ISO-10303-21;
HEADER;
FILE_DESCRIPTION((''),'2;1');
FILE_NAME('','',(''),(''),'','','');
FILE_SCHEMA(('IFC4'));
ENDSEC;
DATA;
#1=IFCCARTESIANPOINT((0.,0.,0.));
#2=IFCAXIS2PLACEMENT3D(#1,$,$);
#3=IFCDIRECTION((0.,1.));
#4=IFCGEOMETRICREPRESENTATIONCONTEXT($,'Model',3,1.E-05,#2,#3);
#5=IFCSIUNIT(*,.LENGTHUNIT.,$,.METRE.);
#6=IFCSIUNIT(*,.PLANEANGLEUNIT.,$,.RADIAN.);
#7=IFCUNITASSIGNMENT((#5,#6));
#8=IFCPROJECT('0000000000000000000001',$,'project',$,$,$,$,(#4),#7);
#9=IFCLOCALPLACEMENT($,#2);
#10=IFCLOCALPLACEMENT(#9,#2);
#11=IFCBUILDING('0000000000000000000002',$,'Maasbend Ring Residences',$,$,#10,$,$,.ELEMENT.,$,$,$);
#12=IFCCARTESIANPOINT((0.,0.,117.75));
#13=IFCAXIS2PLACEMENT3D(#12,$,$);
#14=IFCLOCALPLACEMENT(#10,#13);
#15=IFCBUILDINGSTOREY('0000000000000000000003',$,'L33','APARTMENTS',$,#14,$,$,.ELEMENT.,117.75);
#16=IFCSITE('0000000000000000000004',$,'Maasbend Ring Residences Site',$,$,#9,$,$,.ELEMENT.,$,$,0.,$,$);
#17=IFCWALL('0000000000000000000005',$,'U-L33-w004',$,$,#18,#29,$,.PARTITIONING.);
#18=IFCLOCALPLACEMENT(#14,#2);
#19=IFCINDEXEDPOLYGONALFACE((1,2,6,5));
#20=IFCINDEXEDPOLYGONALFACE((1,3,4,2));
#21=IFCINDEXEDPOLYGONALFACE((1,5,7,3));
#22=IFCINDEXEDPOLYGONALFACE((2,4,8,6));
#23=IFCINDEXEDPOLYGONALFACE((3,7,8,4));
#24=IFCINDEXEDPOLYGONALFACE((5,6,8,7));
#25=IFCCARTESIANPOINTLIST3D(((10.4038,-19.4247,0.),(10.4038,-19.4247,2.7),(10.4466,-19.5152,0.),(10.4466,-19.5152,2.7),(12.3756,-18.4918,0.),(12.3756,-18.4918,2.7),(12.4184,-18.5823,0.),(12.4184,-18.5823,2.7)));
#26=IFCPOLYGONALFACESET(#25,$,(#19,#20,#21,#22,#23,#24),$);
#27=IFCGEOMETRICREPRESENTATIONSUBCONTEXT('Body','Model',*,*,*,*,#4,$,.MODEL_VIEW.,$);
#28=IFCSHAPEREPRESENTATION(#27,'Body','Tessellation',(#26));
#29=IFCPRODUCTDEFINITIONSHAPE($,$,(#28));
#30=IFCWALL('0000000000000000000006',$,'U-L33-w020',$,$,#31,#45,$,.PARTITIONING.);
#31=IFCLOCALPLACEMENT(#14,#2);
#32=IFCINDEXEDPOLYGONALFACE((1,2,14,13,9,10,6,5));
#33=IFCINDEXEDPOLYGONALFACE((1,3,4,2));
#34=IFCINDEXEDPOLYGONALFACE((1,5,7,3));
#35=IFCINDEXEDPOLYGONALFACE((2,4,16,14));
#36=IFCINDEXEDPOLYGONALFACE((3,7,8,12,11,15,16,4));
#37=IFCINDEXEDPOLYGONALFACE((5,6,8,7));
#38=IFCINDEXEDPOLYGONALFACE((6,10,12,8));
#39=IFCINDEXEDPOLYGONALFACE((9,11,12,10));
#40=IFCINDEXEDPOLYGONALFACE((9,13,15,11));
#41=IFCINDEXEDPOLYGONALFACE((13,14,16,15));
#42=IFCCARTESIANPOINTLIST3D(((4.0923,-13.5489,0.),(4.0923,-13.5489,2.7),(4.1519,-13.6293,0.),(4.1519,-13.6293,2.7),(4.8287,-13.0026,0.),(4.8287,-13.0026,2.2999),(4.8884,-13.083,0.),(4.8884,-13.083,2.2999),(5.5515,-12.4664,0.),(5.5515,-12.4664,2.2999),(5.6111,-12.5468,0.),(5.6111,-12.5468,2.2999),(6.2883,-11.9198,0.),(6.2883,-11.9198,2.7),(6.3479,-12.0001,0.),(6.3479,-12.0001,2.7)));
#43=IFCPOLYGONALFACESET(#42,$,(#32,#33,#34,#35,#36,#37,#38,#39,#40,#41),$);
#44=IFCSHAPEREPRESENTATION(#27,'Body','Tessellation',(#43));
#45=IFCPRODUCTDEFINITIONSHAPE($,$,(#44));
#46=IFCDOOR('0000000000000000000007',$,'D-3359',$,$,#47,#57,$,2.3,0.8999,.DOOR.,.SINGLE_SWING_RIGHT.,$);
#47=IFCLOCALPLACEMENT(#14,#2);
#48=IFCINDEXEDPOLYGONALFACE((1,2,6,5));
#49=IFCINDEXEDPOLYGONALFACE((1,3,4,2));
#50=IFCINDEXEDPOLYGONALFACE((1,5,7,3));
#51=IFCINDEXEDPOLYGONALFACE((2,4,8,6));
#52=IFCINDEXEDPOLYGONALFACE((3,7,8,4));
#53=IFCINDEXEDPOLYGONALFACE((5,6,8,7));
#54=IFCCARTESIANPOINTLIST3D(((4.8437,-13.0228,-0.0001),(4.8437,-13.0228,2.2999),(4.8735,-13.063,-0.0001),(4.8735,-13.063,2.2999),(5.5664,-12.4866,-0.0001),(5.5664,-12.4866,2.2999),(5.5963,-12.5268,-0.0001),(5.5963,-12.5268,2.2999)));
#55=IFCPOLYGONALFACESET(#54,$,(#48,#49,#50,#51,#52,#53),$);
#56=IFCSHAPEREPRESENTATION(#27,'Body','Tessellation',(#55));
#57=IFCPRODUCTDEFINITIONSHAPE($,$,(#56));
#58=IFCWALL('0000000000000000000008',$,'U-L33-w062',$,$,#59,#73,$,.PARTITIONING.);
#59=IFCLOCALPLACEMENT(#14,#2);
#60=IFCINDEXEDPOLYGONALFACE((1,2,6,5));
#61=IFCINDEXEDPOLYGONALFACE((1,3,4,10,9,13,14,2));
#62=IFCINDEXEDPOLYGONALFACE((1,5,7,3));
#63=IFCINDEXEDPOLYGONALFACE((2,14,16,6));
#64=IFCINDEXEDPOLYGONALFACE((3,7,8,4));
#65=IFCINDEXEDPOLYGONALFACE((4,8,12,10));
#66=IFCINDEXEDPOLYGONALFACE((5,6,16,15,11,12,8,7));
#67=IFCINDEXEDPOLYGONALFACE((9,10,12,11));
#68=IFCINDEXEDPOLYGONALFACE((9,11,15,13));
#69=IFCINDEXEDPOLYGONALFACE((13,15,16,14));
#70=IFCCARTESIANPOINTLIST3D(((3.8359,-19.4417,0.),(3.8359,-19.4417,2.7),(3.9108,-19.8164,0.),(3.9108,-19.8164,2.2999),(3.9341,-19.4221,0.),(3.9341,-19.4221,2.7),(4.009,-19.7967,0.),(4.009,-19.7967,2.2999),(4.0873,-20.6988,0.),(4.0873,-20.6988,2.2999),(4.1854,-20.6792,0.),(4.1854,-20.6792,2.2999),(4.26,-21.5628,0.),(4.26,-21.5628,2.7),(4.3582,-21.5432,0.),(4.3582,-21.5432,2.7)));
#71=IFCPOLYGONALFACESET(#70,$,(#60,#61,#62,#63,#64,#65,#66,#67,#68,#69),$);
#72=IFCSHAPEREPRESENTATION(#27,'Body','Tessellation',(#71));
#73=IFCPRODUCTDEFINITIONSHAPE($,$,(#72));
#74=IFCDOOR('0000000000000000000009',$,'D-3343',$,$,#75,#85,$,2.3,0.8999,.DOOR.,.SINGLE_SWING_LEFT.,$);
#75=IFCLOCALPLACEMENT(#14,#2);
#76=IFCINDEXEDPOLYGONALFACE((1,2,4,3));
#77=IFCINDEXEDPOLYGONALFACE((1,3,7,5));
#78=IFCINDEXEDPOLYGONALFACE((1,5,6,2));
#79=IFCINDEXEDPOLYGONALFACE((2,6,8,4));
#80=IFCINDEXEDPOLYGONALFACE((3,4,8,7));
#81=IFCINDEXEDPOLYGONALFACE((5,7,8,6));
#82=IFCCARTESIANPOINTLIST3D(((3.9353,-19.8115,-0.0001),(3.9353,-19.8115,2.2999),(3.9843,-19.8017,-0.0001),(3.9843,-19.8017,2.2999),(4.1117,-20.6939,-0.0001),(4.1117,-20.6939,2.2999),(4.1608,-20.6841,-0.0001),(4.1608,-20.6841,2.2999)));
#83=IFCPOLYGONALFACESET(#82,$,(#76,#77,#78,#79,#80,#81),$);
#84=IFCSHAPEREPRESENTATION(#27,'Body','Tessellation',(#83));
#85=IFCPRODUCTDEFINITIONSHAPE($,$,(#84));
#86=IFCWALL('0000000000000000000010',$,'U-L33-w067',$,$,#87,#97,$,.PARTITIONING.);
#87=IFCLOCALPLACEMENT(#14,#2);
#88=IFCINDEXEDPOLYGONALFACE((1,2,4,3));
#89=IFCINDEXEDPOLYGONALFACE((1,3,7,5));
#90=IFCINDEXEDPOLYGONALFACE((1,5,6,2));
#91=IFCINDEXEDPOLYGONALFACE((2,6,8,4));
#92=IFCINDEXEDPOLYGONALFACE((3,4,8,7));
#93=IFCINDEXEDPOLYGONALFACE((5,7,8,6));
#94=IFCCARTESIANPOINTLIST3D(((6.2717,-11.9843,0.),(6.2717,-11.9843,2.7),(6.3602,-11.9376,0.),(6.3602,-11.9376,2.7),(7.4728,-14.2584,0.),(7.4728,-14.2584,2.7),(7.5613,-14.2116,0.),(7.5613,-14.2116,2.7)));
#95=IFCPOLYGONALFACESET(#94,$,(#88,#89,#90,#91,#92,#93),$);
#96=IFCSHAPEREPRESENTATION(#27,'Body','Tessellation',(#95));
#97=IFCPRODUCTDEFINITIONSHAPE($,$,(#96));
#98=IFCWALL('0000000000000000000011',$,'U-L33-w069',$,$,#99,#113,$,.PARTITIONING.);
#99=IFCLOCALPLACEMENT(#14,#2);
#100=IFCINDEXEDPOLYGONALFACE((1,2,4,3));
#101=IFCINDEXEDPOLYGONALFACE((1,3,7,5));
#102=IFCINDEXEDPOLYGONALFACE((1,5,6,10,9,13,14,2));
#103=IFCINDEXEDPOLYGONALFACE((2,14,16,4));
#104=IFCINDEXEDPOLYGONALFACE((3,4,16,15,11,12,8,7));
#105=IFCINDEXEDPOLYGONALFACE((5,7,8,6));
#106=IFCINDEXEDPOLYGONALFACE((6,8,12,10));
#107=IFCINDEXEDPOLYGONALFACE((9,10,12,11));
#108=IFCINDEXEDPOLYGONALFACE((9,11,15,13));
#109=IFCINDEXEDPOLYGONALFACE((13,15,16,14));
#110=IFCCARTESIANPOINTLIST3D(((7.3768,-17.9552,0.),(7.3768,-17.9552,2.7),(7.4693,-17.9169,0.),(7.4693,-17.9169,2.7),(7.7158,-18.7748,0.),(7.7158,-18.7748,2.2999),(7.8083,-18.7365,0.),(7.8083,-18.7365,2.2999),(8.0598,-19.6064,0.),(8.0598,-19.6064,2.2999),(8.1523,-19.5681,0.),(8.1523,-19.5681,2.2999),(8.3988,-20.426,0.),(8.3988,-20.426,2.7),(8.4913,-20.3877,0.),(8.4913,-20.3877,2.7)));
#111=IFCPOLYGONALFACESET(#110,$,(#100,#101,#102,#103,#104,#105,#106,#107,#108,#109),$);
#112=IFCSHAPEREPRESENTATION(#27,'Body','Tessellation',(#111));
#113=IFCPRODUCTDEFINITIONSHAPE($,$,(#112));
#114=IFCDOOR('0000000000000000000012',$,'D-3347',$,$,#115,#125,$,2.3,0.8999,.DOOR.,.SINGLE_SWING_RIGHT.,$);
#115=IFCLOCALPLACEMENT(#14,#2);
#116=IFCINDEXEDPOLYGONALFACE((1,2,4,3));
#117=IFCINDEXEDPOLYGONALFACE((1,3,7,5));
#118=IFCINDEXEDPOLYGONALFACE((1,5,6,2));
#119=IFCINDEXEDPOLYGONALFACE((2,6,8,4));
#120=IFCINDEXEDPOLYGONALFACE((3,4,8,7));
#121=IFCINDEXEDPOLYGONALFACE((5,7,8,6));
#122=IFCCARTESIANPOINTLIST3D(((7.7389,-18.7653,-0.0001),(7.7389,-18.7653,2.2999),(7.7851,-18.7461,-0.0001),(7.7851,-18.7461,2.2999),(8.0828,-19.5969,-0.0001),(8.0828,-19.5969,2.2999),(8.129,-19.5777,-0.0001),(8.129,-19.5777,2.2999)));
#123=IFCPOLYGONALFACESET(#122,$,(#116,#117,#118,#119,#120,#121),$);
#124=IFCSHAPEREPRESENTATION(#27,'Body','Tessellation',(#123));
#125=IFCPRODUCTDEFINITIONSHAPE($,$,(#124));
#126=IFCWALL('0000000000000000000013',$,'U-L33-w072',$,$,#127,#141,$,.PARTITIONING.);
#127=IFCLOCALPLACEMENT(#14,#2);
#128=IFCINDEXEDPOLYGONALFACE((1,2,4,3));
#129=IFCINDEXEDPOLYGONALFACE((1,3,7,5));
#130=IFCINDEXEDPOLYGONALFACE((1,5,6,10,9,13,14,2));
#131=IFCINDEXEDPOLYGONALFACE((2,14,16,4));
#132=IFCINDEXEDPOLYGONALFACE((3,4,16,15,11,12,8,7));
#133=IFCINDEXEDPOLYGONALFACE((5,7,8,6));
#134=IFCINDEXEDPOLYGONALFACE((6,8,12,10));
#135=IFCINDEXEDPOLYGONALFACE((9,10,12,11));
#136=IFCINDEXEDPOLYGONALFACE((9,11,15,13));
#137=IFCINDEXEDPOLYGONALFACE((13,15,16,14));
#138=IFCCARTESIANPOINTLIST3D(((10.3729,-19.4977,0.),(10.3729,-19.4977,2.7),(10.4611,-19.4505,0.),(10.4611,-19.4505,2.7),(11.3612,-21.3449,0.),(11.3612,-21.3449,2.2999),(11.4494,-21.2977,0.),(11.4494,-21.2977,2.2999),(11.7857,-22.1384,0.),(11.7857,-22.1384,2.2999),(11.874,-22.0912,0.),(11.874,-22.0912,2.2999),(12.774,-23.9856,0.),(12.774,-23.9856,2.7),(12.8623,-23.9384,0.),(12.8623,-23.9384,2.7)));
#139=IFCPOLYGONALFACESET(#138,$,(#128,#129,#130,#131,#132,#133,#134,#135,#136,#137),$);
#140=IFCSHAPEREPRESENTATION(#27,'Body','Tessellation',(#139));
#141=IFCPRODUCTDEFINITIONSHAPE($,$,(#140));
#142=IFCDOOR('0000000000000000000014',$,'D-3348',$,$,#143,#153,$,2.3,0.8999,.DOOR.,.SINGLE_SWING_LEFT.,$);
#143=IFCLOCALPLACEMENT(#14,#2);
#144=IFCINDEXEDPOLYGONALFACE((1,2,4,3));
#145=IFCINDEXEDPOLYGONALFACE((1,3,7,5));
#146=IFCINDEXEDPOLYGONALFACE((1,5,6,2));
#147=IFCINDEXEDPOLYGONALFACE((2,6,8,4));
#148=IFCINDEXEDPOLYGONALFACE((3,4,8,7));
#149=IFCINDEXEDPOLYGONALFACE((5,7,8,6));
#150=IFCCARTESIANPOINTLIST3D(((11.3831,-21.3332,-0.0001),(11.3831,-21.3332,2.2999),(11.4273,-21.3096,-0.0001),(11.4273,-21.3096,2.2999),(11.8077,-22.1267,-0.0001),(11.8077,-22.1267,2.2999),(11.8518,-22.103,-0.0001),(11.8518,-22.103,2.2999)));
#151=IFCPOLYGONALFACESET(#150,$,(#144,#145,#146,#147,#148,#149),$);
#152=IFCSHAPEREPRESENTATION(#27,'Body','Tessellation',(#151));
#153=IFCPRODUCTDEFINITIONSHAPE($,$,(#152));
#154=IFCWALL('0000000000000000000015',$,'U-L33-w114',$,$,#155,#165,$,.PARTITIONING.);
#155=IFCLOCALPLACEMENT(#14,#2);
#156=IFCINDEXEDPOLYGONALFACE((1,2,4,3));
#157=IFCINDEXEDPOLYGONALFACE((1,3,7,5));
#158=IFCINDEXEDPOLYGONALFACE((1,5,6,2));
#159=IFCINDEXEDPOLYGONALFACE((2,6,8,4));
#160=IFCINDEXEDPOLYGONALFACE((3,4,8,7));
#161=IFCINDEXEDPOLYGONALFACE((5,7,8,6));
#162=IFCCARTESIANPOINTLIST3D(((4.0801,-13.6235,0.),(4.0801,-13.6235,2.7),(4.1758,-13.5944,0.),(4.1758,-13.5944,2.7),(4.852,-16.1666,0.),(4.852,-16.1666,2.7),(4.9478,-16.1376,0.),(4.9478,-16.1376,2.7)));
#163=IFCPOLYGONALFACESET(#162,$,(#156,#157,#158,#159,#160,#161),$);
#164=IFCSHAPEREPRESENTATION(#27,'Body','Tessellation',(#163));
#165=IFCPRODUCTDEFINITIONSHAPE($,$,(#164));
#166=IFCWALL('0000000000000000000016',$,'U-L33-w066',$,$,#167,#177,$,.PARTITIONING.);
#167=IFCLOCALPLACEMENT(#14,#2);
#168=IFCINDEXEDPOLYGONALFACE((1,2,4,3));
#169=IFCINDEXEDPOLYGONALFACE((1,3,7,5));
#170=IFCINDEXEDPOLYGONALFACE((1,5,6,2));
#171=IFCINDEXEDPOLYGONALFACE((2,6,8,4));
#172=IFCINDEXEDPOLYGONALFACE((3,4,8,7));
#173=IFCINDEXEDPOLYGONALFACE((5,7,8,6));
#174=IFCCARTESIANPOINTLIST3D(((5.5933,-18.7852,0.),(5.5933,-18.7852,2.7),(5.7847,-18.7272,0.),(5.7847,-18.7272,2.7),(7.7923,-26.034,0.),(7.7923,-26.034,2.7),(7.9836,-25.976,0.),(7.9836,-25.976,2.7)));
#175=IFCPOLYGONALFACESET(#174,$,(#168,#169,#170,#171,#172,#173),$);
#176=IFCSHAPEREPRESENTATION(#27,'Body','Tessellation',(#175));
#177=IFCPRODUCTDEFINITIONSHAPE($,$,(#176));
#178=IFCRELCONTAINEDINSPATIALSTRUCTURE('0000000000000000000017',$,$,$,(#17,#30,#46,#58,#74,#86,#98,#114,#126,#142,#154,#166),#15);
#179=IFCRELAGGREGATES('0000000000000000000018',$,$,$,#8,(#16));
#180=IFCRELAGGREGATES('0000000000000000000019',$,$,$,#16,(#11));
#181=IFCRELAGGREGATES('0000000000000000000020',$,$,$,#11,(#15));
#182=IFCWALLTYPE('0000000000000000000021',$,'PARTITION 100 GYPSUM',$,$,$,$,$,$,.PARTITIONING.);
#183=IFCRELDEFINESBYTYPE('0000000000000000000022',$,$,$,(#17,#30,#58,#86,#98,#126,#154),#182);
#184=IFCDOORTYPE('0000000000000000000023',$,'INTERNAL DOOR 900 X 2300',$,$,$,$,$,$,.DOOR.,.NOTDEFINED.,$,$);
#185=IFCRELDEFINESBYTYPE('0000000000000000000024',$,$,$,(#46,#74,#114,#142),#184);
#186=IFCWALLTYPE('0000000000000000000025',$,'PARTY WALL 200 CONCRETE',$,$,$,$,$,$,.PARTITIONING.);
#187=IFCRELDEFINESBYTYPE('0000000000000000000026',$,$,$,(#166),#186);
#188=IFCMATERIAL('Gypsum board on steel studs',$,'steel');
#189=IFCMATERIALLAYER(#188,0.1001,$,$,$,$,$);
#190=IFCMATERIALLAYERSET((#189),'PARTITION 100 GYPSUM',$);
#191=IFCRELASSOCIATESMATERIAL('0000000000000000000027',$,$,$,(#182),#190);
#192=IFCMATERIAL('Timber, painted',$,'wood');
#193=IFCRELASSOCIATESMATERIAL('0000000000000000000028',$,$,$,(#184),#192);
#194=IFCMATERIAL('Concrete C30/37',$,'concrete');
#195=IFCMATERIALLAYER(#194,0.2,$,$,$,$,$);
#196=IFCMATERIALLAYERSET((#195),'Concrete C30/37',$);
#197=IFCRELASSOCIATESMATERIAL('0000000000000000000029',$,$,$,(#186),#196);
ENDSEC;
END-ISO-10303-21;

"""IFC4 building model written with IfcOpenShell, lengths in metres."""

from ifc_helpers import new_model, si_unit, direction, frame, frame_2d, origin, place, context, subcontext, project, spatial, rectangle, extrude, material, layer, layer_set, type_object, element, fill, save


model = new_model("IFC4")

# Units and contexts
model_context = context("Model", 3, precision=1e-05, world=origin(), true_north=direction((0.0, 1.0)))
body_context = subcontext(model_context, "Body", "Model", "MODEL_VIEW")
ifc_project = project(units=[si_unit("LENGTHUNIT", "METRE"), si_unit("PLANEANGLEUNIT", "RADIAN")], contexts=[model_context])

# Site, building, storey
site_placement = place(None, origin())
site = spatial("IfcSite", under=ifc_project, at=site_placement, Name="Maasbend Ring Residences Site", CompositionType="ELEMENT", RefElevation=0.0)
building_placement = place(site_placement, origin())
building = spatial("IfcBuilding", under=site, at=building_placement, Name="Maasbend Ring Residences", CompositionType="ELEMENT")
storey_placement = place(building_placement, frame((0.0, 0.0, 117.75)))
storey = spatial("IfcBuildingStorey", under=building, at=storey_placement, Name="L33", Description="APARTMENTS", CompositionType="ELEMENT", Elevation=117.75)

# Wall
ifc_material_1 = material(Name="Gypsum board on steel studs", Category="steel")
ifc_layer_1 = layer(ifc_material_1, 0.1001)
ifc_layer_set_1 = layer_set([ifc_layer_1], Name="PARTITION 100 GYPSUM")
wall_type_1 = type_object("IfcWallType", Name="PARTITION 100 GYPSUM", PredefinedType="PARTITIONING", material=ifc_layer_set_1)
wall_1_placement = place(storey_placement, frame((10.425, -19.47, 0.0), z_axis=(0.0, 0.0, 1.0), x_axis=(0.903952, 0.427634, 0.0)))
element("IfcWall", 1, at=wall_1_placement, inside=storey, type_object=wall_type_1, Name="U-L33-w004", PredefinedType="PARTITIONING", context=body_context, shape_type="SweptSolid", body=[
    extrude(rectangle(XDim=2.1814, YDim=0.1001, at=frame_2d((1.0908, 0.0))), origin(), (0.0, 0.0, 1.0), 2.7),
])

# Walls, openings, doors
wall_2_placement = place(storey_placement, frame((4.1221, -13.5891, 0.0), z_axis=(0.0, 0.0, 1.0), x_axis=(0.803128, 0.595806, 0.0)))
wall_2 = element("IfcWall", 2, at=wall_2_placement, inside=storey, type_object=wall_type_1, Name="U-L33-w020", PredefinedType="PARTITIONING", context=body_context, shape_type="SweptSolid", body=[
    extrude(rectangle(XDim=2.7344, YDim=0.1001, at=frame_2d((1.3672, 0.0))), origin(), (0.0, 0.0, 1.0), 2.7),
])
opening_1_placement = place(wall_2_placement, frame((0.917, 0.0, 0.0)))
opening_1 = element("IfcOpeningElement", 3, at=opening_1_placement, cuts=wall_2, PredefinedType="OPENING", context=body_context, shape_type="SweptSolid", body=[
    extrude(rectangle(XDim=0.8999, YDim=2.3, at=frame_2d((0.45, 1.1499))), frame((0.0, 0.0601, 0.0), z_axis=(0.0, -1.0, 0.0), x_axis=(1.0, 0.0, 0.0)), (0.0, 0.0, 1.0), 0.1201),
])
ifc_material_2 = material(Name="Timber, painted", Category="wood")
door_type_1 = type_object("IfcDoorType", Name="INTERNAL DOOR 900 X 2300", OperationType="NOTDEFINED", PredefinedType="DOOR", material=ifc_material_2)
door_1_placement = place(opening_1_placement, origin())
door_1 = element("IfcDoor", 4, at=door_1_placement, inside=storey, type_object=door_type_1, Name="D-3359", OperationType="SINGLE_SWING_RIGHT", OverallHeight=2.3, OverallWidth=0.8999, PredefinedType="DOOR", context=body_context, shape_type="SweptSolid", body=[
    extrude(rectangle(XDim=0.8999, YDim=2.3, at=frame_2d((0.45, 1.1499))), frame((0.0, 0.0249, 0.0), z_axis=(0.0, -1.0, 0.0), x_axis=(1.0, 0.0, 0.0)), (0.0, 0.0, 1.0), 0.05),
])
fill(opening_1, door_1)
wall_3_placement = place(storey_placement, frame((3.885, -19.4319, 0.0), z_axis=(0.0, 0.0, 1.0), x_axis=(0.196051, -0.980594, 0.0)))
wall_3 = element("IfcWall", 5, at=wall_3_placement, inside=storey, type_object=wall_type_1, Name="U-L33-w062", PredefinedType="PARTITIONING", context=body_context, shape_type="SweptSolid", body=[
    extrude(rectangle(XDim=2.1631, YDim=0.1001, at=frame_2d((1.0815, 0.0))), origin(), (0.0, 0.0, 1.0), 2.7),
])
opening_2_placement = place(wall_3_placement, frame((0.3821, 0.0, 0.0)))
opening_2 = element("IfcOpeningElement", 6, at=opening_2_placement, cuts=wall_3, PredefinedType="OPENING", context=body_context, shape_type="SweptSolid", body=[
    extrude(rectangle(XDim=0.8999, YDim=2.3, at=frame_2d((0.45, 1.1499))), frame((0.0, 0.0601, 0.0), z_axis=(0.0, -1.0, 0.0), x_axis=(1.0, 0.0, 0.0)), (0.0, 0.0, 1.0), 0.1201),
])
door_2_placement = place(opening_2_placement, origin())
door_2 = element("IfcDoor", 7, at=door_2_placement, inside=storey, type_object=door_type_1, Name="D-3343", OperationType="SINGLE_SWING_LEFT", OverallHeight=2.3, OverallWidth=0.8999, PredefinedType="DOOR", context=body_context, shape_type="SweptSolid", body=[
    extrude(rectangle(XDim=0.8999, YDim=2.3, at=frame_2d((0.45, 1.1499))), frame((0.0, 0.0249, 0.0), z_axis=(0.0, -1.0, 0.0), x_axis=(1.0, 0.0, 0.0)), (0.0, 0.0, 1.0), 0.05),
])
fill(opening_2, door_2)

# Wall
wall_4_placement = place(storey_placement, frame((6.3159, -11.9609, 0.0), z_axis=(0.0, 0.0, 1.0), x_axis=(0.467037, -0.884238, 0.0)))
element("IfcWall", 8, at=wall_4_placement, inside=storey, type_object=wall_type_1, Name="U-L33-w067", PredefinedType="PARTITIONING", context=body_context, shape_type="SweptSolid", body=[
    extrude(rectangle(XDim=2.5718, YDim=0.1001, at=frame_2d((1.2859, 0.0))), origin(), (0.0, 0.0, 1.0), 2.7),
])

# Walls, openings, doors
wall_5_placement = place(storey_placement, frame((7.4231, -17.936, 0.0), z_axis=(0.0, 0.0, 1.0), x_axis=(0.382196, -0.924081, 0.0)))
wall_5 = element("IfcWall", 9, at=wall_5_placement, inside=storey, type_object=wall_type_1, Name="U-L33-w069", PredefinedType="PARTITIONING", context=body_context, shape_type="SweptSolid", body=[
    extrude(rectangle(XDim=2.6738, YDim=0.1001, at=frame_2d((1.3369, 0.0))), origin(), (0.0, 0.0, 1.0), 2.7),
])
opening_3_placement = place(wall_5_placement, frame((0.887, 0.0, 0.0)))
opening_3 = element("IfcOpeningElement", 10, at=opening_3_placement, cuts=wall_5, PredefinedType="OPENING", context=body_context, shape_type="SweptSolid", body=[
    extrude(rectangle(XDim=0.8999, YDim=2.3, at=frame_2d((0.45, 1.1499))), frame((0.0, 0.0601, 0.0), z_axis=(0.0, -1.0, 0.0), x_axis=(1.0, 0.0, 0.0)), (0.0, 0.0, 1.0), 0.1201),
])
door_3_placement = place(opening_3_placement, origin())
door_3 = element("IfcDoor", 11, at=door_3_placement, inside=storey, type_object=door_type_1, Name="D-3347", OperationType="SINGLE_SWING_RIGHT", OverallHeight=2.3, OverallWidth=0.8999, PredefinedType="DOOR", context=body_context, shape_type="SweptSolid", body=[
    extrude(rectangle(XDim=0.8999, YDim=2.3, at=frame_2d((0.45, 1.1499))), frame((0.0, 0.0249, 0.0), z_axis=(0.0, -1.0, 0.0), x_axis=(1.0, 0.0, 0.0)), (0.0, 0.0, 1.0), 0.05),
])
fill(opening_3, door_3)
wall_6_placement = place(storey_placement, frame((10.417, -19.4741, 0.0), z_axis=(0.0, 0.0, 1.0), x_axis=(0.471755, -0.881729, 0.0)))
wall_6 = element("IfcWall", 12, at=wall_6_placement, inside=storey, type_object=wall_type_1, Name="U-L33-w072", PredefinedType="PARTITIONING", context=body_context, shape_type="SweptSolid", body=[
    extrude(rectangle(XDim=5.0898, YDim=0.1001, at=frame_2d((2.5449, 0.0))), origin(), (0.0, 0.0, 1.0), 2.7),
])
opening_4_placement = place(wall_6_placement, frame((2.095, 0.0, 0.0)))
opening_4 = element("IfcOpeningElement", 13, at=opening_4_placement, cuts=wall_6, PredefinedType="OPENING", context=body_context, shape_type="SweptSolid", body=[
    extrude(rectangle(XDim=0.8999, YDim=2.3, at=frame_2d((0.45, 1.1499))), frame((0.0, 0.0601, 0.0), z_axis=(0.0, -1.0, 0.0), x_axis=(1.0, 0.0, 0.0)), (0.0, 0.0, 1.0), 0.1201),
])
door_4_placement = place(opening_4_placement, origin())
door_4 = element("IfcDoor", 14, at=door_4_placement, inside=storey, type_object=door_type_1, Name="D-3348", OperationType="SINGLE_SWING_LEFT", OverallHeight=2.3, OverallWidth=0.8999, PredefinedType="DOOR", context=body_context, shape_type="SweptSolid", body=[
    extrude(rectangle(XDim=0.8999, YDim=2.3, at=frame_2d((0.45, 1.1499))), frame((0.0, 0.0249, 0.0), z_axis=(0.0, -1.0, 0.0), x_axis=(1.0, 0.0, 0.0)), (0.0, 0.0, 1.0), 0.05),
])
fill(opening_4, door_4)

# Walls
wall_7_placement = place(storey_placement, frame((4.8999, -16.1521, 0.0), z_axis=(0.0, 0.0, 1.0), x_axis=(-0.290456, 0.956888, 0.0)))
element("IfcWall", 15, at=wall_7_placement, inside=storey, type_object=wall_type_1, Name="U-L33-w114", PredefinedType="PARTITIONING", context=body_context, shape_type="SweptSolid", body=[
    extrude(rectangle(XDim=2.6577, YDim=0.1001, at=frame_2d((1.3289, 0.0))), origin(), (0.0, 0.0, 1.0), 2.7),
])
ifc_material_3 = material(Name="Concrete C30/37", Category="concrete")
ifc_layer_2 = layer(ifc_material_3, 0.2)
ifc_layer_set_2 = layer_set([ifc_layer_2], Name="Concrete C30/37")
wall_type_2 = type_object("IfcWallType", Name="PARTY WALL 200 CONCRETE", PredefinedType="PARTITIONING", material=ifc_layer_set_2)
wall_8_placement = place(storey_placement, frame((5.689, -18.7561, 0.0), z_axis=(0.0, 0.0, 1.0), x_axis=(0.290295, -0.956937, 0.0)))
element("IfcWall", 16, at=wall_8_placement, inside=storey, type_object=wall_type_2, Name="U-L33-w066", PredefinedType="PARTITIONING", context=body_context, shape_type="SweptSolid", body=[
    extrude(rectangle(XDim=7.575, YDim=0.2, at=frame_2d((3.7876, 0.0))), origin(), (0.0, 0.0, 1.0), 2.7),
])

save(model, "model.ifc")
